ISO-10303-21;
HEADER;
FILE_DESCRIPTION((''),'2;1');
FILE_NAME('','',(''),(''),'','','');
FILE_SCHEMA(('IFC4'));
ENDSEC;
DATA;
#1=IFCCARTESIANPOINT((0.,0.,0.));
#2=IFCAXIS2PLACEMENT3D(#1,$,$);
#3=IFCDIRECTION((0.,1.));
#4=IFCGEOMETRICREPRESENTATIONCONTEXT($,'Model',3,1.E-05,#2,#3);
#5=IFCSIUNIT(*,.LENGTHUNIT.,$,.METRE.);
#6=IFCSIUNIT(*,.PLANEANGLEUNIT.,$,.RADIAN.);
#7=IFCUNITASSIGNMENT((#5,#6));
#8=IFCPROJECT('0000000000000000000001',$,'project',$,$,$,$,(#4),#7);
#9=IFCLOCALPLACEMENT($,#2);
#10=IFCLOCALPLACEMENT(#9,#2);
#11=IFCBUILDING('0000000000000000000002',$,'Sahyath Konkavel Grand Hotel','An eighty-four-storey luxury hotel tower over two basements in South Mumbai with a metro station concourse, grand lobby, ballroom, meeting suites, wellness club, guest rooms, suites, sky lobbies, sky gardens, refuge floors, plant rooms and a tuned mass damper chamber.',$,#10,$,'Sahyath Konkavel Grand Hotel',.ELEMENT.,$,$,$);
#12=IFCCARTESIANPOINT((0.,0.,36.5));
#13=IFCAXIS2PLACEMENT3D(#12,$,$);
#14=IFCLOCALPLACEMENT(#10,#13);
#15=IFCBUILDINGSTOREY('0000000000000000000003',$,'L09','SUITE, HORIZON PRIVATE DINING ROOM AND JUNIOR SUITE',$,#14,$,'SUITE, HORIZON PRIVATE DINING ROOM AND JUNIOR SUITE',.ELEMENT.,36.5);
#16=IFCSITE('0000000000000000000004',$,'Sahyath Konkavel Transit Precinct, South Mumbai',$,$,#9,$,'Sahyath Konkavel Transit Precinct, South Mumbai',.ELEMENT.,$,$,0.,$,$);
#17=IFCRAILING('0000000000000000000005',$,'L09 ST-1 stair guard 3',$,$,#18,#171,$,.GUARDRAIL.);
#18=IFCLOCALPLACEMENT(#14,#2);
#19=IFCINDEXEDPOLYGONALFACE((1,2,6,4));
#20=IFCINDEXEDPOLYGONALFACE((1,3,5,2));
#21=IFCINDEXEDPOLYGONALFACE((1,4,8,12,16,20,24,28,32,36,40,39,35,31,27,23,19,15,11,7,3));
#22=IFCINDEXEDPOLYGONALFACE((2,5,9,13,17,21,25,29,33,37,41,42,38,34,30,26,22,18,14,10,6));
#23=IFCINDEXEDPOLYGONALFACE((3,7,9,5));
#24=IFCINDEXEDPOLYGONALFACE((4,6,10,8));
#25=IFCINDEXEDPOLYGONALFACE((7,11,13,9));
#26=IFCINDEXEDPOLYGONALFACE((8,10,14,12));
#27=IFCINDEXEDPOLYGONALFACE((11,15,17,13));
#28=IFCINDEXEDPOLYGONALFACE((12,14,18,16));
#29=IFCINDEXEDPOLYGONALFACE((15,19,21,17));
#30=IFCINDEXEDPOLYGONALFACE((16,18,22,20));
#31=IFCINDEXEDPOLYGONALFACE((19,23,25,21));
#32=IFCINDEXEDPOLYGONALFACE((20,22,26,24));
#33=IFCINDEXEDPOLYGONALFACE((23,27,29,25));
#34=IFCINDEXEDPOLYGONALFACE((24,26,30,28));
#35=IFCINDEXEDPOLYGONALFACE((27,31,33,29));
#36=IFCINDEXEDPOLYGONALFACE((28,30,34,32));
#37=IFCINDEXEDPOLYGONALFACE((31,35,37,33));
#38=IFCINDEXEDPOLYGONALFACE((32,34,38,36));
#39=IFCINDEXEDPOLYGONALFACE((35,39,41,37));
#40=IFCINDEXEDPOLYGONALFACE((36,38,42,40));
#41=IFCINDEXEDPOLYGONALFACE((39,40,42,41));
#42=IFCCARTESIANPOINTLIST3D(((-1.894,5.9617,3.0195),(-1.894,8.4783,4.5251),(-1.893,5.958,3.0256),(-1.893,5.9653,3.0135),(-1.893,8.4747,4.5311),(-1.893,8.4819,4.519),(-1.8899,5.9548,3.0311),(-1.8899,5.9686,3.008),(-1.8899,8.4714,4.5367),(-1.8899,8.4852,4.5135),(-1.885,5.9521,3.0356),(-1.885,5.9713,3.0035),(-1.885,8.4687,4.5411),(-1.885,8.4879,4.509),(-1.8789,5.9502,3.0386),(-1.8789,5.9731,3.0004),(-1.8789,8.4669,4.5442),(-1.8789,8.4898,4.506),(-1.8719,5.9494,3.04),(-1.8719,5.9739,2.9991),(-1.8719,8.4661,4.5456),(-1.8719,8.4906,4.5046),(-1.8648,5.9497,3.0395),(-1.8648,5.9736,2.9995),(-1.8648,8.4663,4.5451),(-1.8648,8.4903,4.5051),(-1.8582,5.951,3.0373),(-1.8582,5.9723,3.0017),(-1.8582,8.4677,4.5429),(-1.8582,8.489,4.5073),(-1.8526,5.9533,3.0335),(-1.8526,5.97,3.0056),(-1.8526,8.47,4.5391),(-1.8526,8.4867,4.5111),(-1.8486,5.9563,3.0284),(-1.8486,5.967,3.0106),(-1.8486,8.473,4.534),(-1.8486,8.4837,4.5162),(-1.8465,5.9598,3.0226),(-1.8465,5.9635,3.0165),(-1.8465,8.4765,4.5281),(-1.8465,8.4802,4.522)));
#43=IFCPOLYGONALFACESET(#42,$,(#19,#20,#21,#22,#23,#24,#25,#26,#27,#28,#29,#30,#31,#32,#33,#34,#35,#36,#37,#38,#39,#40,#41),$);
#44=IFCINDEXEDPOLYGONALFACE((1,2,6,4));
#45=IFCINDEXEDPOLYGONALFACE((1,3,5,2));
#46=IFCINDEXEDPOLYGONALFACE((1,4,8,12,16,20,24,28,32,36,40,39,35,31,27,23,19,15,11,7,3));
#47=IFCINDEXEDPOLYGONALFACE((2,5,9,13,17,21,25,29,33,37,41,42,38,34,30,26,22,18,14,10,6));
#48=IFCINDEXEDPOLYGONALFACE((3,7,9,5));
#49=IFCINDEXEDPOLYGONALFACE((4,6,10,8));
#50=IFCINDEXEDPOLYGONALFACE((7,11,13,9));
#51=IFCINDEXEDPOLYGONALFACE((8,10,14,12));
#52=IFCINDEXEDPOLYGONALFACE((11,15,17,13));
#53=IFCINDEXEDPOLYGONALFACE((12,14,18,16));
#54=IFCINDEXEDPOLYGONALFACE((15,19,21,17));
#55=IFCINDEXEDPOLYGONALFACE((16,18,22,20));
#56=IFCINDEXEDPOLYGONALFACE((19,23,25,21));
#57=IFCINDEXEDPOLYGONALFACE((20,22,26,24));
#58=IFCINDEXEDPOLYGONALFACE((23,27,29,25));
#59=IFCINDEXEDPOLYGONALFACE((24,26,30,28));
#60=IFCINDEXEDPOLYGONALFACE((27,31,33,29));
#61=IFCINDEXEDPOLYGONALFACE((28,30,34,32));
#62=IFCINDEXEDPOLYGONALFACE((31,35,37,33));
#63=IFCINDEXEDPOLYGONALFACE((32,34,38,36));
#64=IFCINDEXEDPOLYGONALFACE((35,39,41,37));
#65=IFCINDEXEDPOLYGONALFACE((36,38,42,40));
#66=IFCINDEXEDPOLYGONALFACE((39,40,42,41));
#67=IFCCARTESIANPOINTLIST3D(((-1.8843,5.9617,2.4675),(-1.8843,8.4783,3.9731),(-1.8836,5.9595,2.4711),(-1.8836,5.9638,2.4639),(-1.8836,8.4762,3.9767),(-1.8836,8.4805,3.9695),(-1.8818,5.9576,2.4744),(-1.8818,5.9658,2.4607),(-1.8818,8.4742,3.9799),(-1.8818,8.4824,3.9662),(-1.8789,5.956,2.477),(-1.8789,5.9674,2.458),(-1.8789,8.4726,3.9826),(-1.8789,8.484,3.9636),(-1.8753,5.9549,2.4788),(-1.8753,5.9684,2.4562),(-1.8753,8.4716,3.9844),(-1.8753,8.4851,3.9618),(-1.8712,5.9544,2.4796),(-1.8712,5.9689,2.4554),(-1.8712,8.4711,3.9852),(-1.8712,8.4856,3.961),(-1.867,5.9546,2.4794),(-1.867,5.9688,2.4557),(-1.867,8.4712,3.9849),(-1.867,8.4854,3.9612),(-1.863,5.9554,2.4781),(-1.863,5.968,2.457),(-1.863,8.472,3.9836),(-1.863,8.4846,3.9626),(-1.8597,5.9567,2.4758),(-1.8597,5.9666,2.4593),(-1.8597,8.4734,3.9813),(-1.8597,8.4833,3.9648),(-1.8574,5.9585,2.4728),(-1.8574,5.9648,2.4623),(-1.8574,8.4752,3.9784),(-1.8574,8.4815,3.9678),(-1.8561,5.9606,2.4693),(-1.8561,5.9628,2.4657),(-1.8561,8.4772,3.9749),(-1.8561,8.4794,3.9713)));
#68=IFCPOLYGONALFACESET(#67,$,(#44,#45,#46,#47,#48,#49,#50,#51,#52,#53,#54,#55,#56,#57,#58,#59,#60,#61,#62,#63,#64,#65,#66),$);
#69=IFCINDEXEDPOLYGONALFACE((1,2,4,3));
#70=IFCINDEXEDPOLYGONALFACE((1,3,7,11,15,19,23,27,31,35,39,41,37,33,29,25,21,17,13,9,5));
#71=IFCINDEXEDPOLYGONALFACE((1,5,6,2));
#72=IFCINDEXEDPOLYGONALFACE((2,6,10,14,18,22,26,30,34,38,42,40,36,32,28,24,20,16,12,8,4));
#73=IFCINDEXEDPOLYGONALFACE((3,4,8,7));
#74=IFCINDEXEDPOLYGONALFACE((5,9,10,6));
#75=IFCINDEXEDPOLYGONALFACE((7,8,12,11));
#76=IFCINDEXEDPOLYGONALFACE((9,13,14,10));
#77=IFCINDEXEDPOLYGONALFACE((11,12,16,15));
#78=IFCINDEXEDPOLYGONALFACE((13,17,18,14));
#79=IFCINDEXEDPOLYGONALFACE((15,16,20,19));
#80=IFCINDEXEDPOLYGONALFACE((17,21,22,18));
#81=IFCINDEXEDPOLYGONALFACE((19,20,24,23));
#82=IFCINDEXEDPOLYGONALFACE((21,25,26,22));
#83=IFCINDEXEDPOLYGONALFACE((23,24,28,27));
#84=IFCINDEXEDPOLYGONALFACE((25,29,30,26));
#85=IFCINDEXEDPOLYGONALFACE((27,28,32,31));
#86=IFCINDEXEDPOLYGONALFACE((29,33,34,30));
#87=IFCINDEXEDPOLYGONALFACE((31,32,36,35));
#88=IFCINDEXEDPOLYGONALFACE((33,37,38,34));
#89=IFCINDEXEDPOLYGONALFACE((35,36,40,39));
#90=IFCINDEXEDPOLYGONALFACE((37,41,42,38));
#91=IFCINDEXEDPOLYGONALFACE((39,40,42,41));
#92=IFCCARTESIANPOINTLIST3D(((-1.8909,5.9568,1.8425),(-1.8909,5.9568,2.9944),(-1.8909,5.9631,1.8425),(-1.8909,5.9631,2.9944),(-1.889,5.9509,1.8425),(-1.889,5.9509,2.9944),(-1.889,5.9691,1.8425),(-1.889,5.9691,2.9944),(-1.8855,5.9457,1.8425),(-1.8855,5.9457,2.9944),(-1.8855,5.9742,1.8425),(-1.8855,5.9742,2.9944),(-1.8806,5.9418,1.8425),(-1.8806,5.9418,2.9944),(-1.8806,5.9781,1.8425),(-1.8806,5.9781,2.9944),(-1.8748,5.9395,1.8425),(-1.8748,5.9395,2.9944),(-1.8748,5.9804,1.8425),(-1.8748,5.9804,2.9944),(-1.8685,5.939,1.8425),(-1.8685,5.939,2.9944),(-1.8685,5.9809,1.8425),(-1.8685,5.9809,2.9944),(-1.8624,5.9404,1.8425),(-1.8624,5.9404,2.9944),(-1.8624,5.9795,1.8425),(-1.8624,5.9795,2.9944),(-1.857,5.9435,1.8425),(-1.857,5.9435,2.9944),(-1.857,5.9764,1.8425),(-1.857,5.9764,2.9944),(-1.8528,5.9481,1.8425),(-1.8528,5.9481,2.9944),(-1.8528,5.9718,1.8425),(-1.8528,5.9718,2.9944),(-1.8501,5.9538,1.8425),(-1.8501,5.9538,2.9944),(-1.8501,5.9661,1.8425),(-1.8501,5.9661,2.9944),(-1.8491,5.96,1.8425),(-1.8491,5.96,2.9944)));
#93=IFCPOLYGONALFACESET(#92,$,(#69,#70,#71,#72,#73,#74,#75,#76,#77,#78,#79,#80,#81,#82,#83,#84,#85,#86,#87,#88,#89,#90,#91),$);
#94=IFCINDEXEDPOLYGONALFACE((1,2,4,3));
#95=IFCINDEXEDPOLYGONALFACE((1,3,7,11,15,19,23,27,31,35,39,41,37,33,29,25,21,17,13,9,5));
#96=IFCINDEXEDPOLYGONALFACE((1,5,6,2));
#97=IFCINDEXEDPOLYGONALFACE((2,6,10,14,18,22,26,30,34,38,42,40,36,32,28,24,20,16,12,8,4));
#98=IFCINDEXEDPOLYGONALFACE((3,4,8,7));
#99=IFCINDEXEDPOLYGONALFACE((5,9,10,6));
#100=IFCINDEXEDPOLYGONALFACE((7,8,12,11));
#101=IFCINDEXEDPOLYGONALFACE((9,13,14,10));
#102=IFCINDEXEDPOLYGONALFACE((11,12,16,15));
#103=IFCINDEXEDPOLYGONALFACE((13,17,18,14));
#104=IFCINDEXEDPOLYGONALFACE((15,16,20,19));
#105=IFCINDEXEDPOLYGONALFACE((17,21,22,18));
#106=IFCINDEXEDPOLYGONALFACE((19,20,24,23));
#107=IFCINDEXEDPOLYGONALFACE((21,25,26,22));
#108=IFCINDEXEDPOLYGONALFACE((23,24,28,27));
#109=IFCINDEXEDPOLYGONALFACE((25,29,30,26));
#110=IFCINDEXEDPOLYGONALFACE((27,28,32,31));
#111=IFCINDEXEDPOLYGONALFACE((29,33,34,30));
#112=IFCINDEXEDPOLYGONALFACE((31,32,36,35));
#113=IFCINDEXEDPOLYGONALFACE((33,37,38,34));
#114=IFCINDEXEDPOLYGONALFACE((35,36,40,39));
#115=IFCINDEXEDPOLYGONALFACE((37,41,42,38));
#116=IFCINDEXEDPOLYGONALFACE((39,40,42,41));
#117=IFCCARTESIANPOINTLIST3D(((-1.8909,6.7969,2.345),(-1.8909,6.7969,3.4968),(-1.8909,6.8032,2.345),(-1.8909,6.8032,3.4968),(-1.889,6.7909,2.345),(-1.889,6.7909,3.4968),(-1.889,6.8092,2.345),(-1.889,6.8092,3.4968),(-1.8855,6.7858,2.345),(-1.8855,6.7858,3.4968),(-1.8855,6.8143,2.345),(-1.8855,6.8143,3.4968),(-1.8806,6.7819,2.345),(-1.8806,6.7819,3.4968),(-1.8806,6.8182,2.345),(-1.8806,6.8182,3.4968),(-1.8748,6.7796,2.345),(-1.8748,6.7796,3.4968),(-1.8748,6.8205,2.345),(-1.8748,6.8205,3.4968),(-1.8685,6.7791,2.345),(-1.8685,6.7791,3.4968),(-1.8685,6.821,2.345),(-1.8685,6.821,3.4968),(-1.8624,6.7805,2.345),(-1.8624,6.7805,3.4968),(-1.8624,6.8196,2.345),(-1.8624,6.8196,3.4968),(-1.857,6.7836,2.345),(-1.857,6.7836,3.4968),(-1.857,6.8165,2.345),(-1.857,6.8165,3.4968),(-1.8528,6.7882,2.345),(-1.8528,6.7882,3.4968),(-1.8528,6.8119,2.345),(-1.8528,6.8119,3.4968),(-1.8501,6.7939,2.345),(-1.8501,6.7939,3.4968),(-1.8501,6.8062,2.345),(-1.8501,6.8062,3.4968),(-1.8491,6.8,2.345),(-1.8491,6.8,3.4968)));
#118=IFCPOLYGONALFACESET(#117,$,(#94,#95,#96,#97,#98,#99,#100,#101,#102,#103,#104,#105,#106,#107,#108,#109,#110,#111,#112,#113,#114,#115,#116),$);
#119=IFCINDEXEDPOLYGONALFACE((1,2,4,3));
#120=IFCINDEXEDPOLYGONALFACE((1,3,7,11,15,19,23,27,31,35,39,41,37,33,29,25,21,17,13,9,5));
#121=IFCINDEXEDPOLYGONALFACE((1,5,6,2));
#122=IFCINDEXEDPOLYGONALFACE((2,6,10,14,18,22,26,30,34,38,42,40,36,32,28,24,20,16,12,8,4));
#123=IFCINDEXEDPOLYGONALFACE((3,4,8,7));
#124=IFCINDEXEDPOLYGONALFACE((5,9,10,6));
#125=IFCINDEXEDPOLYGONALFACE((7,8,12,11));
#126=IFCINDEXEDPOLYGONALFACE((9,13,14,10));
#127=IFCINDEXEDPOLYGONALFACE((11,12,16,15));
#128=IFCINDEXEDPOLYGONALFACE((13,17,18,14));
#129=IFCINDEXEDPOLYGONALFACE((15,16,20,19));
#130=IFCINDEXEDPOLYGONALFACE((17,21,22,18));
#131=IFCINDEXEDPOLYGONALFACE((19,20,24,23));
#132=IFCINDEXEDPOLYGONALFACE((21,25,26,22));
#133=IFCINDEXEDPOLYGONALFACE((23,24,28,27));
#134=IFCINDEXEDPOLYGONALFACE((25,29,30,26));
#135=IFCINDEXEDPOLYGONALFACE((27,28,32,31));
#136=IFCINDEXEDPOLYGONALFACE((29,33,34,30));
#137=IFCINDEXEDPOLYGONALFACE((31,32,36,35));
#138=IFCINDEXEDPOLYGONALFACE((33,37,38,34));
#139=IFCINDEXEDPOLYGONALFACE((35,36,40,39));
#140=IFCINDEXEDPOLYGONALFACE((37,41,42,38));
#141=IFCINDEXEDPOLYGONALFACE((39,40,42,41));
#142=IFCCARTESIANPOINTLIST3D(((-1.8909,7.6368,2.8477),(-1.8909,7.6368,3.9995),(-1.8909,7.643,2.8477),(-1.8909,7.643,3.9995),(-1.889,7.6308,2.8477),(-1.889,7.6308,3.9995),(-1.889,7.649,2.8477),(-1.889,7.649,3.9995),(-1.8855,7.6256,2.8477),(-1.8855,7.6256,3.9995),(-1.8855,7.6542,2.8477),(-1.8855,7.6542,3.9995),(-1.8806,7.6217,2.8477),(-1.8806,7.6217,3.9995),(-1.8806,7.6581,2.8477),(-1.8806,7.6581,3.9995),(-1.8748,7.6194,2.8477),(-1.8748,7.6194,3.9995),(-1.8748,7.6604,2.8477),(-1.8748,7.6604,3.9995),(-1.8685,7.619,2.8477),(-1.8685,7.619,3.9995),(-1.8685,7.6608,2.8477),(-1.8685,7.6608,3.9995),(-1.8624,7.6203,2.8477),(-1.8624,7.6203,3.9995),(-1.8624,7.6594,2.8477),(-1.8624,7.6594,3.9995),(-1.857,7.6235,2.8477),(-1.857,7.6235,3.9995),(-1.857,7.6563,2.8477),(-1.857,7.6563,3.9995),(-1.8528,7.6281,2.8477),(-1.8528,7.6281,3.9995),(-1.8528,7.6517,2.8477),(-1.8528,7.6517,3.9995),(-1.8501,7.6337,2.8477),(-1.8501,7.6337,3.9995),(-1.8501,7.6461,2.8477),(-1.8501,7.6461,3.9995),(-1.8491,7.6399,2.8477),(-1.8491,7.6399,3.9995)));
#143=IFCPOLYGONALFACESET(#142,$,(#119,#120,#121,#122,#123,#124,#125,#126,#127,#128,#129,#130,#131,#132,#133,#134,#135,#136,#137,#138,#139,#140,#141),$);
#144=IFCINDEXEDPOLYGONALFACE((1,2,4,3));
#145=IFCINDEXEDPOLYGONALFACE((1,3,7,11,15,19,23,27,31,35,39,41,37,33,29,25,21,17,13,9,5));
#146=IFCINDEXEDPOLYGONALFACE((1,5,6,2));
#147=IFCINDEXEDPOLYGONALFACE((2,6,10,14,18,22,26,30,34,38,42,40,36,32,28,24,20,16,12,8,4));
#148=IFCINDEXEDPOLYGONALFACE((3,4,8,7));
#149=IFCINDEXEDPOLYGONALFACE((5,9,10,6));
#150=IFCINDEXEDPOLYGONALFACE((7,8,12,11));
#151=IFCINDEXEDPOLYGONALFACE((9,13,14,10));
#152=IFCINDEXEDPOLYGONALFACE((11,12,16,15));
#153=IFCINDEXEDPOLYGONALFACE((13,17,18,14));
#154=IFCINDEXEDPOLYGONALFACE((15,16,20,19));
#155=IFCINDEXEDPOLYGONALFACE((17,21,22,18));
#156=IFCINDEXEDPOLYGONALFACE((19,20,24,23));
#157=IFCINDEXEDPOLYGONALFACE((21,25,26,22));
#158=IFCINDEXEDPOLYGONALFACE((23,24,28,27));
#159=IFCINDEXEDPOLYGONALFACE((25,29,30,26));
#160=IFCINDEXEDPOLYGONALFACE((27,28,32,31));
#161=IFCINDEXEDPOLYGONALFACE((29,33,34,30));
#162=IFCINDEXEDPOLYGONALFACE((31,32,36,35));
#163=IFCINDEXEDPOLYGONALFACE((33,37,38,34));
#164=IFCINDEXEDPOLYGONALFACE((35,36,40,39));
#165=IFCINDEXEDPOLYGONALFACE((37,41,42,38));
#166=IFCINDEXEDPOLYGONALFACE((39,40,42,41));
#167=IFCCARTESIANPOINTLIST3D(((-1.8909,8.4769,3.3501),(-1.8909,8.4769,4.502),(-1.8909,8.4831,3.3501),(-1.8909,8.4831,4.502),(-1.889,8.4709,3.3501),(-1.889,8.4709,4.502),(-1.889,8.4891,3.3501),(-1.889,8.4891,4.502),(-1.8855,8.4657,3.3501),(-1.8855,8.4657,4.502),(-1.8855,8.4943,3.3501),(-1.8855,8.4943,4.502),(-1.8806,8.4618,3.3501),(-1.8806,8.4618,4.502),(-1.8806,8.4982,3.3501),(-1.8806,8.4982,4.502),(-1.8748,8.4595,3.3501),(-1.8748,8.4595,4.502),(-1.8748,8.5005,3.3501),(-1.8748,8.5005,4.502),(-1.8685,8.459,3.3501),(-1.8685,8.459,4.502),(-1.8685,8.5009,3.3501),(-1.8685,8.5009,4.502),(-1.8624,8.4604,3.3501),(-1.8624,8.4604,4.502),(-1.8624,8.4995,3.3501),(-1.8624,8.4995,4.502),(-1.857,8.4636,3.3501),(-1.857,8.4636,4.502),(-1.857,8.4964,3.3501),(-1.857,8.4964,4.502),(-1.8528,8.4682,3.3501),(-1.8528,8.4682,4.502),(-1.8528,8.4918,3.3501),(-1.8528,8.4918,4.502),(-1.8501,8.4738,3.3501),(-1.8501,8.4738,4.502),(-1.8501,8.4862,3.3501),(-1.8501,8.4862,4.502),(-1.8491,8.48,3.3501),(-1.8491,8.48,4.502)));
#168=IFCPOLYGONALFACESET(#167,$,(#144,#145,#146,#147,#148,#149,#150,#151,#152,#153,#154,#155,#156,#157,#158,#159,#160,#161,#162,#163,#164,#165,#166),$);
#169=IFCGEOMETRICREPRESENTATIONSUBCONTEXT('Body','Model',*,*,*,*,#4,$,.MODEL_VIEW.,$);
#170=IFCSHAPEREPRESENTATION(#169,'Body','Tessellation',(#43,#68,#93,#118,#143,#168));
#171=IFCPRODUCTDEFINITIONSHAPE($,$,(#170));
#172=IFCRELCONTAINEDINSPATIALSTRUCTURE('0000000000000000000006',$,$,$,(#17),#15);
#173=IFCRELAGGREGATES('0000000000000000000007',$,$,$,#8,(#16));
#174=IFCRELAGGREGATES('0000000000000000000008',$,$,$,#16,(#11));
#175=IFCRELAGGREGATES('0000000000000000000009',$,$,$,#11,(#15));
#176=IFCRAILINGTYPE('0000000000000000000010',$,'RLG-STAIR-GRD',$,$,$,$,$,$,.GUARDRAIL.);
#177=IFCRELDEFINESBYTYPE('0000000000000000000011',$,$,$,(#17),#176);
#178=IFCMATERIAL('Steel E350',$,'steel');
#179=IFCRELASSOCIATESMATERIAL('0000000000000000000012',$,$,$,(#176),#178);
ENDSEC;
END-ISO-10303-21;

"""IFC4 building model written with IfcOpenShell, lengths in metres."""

from ifc_helpers import new_model, si_unit, direction, frame, origin, origin_2d, place, context, subcontext, project, spatial, circle, extrude, material, type_object, element, save


model = new_model("IFC4")

# Units and contexts
model_context = context("Model", 3, precision=1e-05, world=origin(), true_north=direction((0.0, 1.0)))
body_context = subcontext(model_context, "Body", "Model", "MODEL_VIEW")
ifc_project = project(units=[si_unit("LENGTHUNIT", "METRE"), si_unit("PLANEANGLEUNIT", "RADIAN")], contexts=[model_context])

# Site, building, storey
site_placement = place(None, origin())
site = spatial("IfcSite", under=ifc_project, at=site_placement, Name="Sahyath Konkavel Transit Precinct, South Mumbai", LongName="Sahyath Konkavel Transit Precinct, South Mumbai", CompositionType="ELEMENT", RefElevation=0.0)
building_placement = place(site_placement, origin())
building = spatial("IfcBuilding", under=site, at=building_placement, Name="Sahyath Konkavel Grand Hotel", Description="An eighty-four-storey luxury hotel tower over two basements in South Mumbai with a metro station concourse, grand lobby, ballroom, meeting suites, wellness club, guest rooms, suites, sky lobbies, sky gardens, refuge floors, plant rooms and a tuned mass damper chamber.", LongName="Sahyath Konkavel Grand Hotel", CompositionType="ELEMENT")
storey_placement = place(building_placement, frame((0.0, 0.0, 36.5)))
storey = spatial("IfcBuildingStorey", under=building, at=storey_placement, Name="L09", Description="SUITE, HORIZON PRIVATE DINING ROOM AND JUNIOR SUITE", LongName="SUITE, HORIZON PRIVATE DINING ROOM AND JUNIOR SUITE", CompositionType="ELEMENT", Elevation=36.5)

# Shared definitions
ifc_material_1 = material(Name="Steel E350", Category="steel")

# Railing
railing_type_1 = type_object("IfcRailingType", Name="RLG-STAIR-GRD", PredefinedType="GUARDRAIL", material=ifc_material_1)
railing_1_placement = place(storey_placement, frame((-1.8701, 5.96, 1.8425)))
element("IfcRailing", 1, at=railing_1_placement, inside=storey, type_object=railing_type_1, Name="L09 ST-1 stair guard 3", PredefinedType="GUARDRAIL", context=body_context, shape_type="SweptSolid", body=[
    extrude(circle(Radius=0.0239, at=origin_2d()), frame((0.0, 0.0017, 1.177), z_axis=(0.0, 0.85816, 0.513383), x_axis=(-1.0, 0.0, 0.0)), (0.0, 0.0, 1.0), 2.9326),
    extrude(circle(Radius=0.0142, at=origin_2d()), frame((0.0, 0.0017, 0.625), z_axis=(0.0, 0.85816, 0.513383), x_axis=(-1.0, 0.0, 0.0)), (0.0, 0.0, 1.0), 2.9326),
    extrude(circle(Radius=0.021, at=origin_2d()), origin(), (0.0, 0.0, 1.0), 1.1519),
    extrude(circle(Radius=0.021, at=origin_2d()), frame((0.0, 0.8401, 0.5024)), (0.0, 0.0, 1.0), 1.1519),
    extrude(circle(Radius=0.021, at=origin_2d()), frame((0.0, 1.6799, 1.0051)), (0.0, 0.0, 1.0), 1.1519),
    extrude(circle(Radius=0.021, at=origin_2d()), frame((0.0, 2.52, 1.5076)), (0.0, 0.0, 1.0), 1.1519),
])

save(model, "model.ifc")
